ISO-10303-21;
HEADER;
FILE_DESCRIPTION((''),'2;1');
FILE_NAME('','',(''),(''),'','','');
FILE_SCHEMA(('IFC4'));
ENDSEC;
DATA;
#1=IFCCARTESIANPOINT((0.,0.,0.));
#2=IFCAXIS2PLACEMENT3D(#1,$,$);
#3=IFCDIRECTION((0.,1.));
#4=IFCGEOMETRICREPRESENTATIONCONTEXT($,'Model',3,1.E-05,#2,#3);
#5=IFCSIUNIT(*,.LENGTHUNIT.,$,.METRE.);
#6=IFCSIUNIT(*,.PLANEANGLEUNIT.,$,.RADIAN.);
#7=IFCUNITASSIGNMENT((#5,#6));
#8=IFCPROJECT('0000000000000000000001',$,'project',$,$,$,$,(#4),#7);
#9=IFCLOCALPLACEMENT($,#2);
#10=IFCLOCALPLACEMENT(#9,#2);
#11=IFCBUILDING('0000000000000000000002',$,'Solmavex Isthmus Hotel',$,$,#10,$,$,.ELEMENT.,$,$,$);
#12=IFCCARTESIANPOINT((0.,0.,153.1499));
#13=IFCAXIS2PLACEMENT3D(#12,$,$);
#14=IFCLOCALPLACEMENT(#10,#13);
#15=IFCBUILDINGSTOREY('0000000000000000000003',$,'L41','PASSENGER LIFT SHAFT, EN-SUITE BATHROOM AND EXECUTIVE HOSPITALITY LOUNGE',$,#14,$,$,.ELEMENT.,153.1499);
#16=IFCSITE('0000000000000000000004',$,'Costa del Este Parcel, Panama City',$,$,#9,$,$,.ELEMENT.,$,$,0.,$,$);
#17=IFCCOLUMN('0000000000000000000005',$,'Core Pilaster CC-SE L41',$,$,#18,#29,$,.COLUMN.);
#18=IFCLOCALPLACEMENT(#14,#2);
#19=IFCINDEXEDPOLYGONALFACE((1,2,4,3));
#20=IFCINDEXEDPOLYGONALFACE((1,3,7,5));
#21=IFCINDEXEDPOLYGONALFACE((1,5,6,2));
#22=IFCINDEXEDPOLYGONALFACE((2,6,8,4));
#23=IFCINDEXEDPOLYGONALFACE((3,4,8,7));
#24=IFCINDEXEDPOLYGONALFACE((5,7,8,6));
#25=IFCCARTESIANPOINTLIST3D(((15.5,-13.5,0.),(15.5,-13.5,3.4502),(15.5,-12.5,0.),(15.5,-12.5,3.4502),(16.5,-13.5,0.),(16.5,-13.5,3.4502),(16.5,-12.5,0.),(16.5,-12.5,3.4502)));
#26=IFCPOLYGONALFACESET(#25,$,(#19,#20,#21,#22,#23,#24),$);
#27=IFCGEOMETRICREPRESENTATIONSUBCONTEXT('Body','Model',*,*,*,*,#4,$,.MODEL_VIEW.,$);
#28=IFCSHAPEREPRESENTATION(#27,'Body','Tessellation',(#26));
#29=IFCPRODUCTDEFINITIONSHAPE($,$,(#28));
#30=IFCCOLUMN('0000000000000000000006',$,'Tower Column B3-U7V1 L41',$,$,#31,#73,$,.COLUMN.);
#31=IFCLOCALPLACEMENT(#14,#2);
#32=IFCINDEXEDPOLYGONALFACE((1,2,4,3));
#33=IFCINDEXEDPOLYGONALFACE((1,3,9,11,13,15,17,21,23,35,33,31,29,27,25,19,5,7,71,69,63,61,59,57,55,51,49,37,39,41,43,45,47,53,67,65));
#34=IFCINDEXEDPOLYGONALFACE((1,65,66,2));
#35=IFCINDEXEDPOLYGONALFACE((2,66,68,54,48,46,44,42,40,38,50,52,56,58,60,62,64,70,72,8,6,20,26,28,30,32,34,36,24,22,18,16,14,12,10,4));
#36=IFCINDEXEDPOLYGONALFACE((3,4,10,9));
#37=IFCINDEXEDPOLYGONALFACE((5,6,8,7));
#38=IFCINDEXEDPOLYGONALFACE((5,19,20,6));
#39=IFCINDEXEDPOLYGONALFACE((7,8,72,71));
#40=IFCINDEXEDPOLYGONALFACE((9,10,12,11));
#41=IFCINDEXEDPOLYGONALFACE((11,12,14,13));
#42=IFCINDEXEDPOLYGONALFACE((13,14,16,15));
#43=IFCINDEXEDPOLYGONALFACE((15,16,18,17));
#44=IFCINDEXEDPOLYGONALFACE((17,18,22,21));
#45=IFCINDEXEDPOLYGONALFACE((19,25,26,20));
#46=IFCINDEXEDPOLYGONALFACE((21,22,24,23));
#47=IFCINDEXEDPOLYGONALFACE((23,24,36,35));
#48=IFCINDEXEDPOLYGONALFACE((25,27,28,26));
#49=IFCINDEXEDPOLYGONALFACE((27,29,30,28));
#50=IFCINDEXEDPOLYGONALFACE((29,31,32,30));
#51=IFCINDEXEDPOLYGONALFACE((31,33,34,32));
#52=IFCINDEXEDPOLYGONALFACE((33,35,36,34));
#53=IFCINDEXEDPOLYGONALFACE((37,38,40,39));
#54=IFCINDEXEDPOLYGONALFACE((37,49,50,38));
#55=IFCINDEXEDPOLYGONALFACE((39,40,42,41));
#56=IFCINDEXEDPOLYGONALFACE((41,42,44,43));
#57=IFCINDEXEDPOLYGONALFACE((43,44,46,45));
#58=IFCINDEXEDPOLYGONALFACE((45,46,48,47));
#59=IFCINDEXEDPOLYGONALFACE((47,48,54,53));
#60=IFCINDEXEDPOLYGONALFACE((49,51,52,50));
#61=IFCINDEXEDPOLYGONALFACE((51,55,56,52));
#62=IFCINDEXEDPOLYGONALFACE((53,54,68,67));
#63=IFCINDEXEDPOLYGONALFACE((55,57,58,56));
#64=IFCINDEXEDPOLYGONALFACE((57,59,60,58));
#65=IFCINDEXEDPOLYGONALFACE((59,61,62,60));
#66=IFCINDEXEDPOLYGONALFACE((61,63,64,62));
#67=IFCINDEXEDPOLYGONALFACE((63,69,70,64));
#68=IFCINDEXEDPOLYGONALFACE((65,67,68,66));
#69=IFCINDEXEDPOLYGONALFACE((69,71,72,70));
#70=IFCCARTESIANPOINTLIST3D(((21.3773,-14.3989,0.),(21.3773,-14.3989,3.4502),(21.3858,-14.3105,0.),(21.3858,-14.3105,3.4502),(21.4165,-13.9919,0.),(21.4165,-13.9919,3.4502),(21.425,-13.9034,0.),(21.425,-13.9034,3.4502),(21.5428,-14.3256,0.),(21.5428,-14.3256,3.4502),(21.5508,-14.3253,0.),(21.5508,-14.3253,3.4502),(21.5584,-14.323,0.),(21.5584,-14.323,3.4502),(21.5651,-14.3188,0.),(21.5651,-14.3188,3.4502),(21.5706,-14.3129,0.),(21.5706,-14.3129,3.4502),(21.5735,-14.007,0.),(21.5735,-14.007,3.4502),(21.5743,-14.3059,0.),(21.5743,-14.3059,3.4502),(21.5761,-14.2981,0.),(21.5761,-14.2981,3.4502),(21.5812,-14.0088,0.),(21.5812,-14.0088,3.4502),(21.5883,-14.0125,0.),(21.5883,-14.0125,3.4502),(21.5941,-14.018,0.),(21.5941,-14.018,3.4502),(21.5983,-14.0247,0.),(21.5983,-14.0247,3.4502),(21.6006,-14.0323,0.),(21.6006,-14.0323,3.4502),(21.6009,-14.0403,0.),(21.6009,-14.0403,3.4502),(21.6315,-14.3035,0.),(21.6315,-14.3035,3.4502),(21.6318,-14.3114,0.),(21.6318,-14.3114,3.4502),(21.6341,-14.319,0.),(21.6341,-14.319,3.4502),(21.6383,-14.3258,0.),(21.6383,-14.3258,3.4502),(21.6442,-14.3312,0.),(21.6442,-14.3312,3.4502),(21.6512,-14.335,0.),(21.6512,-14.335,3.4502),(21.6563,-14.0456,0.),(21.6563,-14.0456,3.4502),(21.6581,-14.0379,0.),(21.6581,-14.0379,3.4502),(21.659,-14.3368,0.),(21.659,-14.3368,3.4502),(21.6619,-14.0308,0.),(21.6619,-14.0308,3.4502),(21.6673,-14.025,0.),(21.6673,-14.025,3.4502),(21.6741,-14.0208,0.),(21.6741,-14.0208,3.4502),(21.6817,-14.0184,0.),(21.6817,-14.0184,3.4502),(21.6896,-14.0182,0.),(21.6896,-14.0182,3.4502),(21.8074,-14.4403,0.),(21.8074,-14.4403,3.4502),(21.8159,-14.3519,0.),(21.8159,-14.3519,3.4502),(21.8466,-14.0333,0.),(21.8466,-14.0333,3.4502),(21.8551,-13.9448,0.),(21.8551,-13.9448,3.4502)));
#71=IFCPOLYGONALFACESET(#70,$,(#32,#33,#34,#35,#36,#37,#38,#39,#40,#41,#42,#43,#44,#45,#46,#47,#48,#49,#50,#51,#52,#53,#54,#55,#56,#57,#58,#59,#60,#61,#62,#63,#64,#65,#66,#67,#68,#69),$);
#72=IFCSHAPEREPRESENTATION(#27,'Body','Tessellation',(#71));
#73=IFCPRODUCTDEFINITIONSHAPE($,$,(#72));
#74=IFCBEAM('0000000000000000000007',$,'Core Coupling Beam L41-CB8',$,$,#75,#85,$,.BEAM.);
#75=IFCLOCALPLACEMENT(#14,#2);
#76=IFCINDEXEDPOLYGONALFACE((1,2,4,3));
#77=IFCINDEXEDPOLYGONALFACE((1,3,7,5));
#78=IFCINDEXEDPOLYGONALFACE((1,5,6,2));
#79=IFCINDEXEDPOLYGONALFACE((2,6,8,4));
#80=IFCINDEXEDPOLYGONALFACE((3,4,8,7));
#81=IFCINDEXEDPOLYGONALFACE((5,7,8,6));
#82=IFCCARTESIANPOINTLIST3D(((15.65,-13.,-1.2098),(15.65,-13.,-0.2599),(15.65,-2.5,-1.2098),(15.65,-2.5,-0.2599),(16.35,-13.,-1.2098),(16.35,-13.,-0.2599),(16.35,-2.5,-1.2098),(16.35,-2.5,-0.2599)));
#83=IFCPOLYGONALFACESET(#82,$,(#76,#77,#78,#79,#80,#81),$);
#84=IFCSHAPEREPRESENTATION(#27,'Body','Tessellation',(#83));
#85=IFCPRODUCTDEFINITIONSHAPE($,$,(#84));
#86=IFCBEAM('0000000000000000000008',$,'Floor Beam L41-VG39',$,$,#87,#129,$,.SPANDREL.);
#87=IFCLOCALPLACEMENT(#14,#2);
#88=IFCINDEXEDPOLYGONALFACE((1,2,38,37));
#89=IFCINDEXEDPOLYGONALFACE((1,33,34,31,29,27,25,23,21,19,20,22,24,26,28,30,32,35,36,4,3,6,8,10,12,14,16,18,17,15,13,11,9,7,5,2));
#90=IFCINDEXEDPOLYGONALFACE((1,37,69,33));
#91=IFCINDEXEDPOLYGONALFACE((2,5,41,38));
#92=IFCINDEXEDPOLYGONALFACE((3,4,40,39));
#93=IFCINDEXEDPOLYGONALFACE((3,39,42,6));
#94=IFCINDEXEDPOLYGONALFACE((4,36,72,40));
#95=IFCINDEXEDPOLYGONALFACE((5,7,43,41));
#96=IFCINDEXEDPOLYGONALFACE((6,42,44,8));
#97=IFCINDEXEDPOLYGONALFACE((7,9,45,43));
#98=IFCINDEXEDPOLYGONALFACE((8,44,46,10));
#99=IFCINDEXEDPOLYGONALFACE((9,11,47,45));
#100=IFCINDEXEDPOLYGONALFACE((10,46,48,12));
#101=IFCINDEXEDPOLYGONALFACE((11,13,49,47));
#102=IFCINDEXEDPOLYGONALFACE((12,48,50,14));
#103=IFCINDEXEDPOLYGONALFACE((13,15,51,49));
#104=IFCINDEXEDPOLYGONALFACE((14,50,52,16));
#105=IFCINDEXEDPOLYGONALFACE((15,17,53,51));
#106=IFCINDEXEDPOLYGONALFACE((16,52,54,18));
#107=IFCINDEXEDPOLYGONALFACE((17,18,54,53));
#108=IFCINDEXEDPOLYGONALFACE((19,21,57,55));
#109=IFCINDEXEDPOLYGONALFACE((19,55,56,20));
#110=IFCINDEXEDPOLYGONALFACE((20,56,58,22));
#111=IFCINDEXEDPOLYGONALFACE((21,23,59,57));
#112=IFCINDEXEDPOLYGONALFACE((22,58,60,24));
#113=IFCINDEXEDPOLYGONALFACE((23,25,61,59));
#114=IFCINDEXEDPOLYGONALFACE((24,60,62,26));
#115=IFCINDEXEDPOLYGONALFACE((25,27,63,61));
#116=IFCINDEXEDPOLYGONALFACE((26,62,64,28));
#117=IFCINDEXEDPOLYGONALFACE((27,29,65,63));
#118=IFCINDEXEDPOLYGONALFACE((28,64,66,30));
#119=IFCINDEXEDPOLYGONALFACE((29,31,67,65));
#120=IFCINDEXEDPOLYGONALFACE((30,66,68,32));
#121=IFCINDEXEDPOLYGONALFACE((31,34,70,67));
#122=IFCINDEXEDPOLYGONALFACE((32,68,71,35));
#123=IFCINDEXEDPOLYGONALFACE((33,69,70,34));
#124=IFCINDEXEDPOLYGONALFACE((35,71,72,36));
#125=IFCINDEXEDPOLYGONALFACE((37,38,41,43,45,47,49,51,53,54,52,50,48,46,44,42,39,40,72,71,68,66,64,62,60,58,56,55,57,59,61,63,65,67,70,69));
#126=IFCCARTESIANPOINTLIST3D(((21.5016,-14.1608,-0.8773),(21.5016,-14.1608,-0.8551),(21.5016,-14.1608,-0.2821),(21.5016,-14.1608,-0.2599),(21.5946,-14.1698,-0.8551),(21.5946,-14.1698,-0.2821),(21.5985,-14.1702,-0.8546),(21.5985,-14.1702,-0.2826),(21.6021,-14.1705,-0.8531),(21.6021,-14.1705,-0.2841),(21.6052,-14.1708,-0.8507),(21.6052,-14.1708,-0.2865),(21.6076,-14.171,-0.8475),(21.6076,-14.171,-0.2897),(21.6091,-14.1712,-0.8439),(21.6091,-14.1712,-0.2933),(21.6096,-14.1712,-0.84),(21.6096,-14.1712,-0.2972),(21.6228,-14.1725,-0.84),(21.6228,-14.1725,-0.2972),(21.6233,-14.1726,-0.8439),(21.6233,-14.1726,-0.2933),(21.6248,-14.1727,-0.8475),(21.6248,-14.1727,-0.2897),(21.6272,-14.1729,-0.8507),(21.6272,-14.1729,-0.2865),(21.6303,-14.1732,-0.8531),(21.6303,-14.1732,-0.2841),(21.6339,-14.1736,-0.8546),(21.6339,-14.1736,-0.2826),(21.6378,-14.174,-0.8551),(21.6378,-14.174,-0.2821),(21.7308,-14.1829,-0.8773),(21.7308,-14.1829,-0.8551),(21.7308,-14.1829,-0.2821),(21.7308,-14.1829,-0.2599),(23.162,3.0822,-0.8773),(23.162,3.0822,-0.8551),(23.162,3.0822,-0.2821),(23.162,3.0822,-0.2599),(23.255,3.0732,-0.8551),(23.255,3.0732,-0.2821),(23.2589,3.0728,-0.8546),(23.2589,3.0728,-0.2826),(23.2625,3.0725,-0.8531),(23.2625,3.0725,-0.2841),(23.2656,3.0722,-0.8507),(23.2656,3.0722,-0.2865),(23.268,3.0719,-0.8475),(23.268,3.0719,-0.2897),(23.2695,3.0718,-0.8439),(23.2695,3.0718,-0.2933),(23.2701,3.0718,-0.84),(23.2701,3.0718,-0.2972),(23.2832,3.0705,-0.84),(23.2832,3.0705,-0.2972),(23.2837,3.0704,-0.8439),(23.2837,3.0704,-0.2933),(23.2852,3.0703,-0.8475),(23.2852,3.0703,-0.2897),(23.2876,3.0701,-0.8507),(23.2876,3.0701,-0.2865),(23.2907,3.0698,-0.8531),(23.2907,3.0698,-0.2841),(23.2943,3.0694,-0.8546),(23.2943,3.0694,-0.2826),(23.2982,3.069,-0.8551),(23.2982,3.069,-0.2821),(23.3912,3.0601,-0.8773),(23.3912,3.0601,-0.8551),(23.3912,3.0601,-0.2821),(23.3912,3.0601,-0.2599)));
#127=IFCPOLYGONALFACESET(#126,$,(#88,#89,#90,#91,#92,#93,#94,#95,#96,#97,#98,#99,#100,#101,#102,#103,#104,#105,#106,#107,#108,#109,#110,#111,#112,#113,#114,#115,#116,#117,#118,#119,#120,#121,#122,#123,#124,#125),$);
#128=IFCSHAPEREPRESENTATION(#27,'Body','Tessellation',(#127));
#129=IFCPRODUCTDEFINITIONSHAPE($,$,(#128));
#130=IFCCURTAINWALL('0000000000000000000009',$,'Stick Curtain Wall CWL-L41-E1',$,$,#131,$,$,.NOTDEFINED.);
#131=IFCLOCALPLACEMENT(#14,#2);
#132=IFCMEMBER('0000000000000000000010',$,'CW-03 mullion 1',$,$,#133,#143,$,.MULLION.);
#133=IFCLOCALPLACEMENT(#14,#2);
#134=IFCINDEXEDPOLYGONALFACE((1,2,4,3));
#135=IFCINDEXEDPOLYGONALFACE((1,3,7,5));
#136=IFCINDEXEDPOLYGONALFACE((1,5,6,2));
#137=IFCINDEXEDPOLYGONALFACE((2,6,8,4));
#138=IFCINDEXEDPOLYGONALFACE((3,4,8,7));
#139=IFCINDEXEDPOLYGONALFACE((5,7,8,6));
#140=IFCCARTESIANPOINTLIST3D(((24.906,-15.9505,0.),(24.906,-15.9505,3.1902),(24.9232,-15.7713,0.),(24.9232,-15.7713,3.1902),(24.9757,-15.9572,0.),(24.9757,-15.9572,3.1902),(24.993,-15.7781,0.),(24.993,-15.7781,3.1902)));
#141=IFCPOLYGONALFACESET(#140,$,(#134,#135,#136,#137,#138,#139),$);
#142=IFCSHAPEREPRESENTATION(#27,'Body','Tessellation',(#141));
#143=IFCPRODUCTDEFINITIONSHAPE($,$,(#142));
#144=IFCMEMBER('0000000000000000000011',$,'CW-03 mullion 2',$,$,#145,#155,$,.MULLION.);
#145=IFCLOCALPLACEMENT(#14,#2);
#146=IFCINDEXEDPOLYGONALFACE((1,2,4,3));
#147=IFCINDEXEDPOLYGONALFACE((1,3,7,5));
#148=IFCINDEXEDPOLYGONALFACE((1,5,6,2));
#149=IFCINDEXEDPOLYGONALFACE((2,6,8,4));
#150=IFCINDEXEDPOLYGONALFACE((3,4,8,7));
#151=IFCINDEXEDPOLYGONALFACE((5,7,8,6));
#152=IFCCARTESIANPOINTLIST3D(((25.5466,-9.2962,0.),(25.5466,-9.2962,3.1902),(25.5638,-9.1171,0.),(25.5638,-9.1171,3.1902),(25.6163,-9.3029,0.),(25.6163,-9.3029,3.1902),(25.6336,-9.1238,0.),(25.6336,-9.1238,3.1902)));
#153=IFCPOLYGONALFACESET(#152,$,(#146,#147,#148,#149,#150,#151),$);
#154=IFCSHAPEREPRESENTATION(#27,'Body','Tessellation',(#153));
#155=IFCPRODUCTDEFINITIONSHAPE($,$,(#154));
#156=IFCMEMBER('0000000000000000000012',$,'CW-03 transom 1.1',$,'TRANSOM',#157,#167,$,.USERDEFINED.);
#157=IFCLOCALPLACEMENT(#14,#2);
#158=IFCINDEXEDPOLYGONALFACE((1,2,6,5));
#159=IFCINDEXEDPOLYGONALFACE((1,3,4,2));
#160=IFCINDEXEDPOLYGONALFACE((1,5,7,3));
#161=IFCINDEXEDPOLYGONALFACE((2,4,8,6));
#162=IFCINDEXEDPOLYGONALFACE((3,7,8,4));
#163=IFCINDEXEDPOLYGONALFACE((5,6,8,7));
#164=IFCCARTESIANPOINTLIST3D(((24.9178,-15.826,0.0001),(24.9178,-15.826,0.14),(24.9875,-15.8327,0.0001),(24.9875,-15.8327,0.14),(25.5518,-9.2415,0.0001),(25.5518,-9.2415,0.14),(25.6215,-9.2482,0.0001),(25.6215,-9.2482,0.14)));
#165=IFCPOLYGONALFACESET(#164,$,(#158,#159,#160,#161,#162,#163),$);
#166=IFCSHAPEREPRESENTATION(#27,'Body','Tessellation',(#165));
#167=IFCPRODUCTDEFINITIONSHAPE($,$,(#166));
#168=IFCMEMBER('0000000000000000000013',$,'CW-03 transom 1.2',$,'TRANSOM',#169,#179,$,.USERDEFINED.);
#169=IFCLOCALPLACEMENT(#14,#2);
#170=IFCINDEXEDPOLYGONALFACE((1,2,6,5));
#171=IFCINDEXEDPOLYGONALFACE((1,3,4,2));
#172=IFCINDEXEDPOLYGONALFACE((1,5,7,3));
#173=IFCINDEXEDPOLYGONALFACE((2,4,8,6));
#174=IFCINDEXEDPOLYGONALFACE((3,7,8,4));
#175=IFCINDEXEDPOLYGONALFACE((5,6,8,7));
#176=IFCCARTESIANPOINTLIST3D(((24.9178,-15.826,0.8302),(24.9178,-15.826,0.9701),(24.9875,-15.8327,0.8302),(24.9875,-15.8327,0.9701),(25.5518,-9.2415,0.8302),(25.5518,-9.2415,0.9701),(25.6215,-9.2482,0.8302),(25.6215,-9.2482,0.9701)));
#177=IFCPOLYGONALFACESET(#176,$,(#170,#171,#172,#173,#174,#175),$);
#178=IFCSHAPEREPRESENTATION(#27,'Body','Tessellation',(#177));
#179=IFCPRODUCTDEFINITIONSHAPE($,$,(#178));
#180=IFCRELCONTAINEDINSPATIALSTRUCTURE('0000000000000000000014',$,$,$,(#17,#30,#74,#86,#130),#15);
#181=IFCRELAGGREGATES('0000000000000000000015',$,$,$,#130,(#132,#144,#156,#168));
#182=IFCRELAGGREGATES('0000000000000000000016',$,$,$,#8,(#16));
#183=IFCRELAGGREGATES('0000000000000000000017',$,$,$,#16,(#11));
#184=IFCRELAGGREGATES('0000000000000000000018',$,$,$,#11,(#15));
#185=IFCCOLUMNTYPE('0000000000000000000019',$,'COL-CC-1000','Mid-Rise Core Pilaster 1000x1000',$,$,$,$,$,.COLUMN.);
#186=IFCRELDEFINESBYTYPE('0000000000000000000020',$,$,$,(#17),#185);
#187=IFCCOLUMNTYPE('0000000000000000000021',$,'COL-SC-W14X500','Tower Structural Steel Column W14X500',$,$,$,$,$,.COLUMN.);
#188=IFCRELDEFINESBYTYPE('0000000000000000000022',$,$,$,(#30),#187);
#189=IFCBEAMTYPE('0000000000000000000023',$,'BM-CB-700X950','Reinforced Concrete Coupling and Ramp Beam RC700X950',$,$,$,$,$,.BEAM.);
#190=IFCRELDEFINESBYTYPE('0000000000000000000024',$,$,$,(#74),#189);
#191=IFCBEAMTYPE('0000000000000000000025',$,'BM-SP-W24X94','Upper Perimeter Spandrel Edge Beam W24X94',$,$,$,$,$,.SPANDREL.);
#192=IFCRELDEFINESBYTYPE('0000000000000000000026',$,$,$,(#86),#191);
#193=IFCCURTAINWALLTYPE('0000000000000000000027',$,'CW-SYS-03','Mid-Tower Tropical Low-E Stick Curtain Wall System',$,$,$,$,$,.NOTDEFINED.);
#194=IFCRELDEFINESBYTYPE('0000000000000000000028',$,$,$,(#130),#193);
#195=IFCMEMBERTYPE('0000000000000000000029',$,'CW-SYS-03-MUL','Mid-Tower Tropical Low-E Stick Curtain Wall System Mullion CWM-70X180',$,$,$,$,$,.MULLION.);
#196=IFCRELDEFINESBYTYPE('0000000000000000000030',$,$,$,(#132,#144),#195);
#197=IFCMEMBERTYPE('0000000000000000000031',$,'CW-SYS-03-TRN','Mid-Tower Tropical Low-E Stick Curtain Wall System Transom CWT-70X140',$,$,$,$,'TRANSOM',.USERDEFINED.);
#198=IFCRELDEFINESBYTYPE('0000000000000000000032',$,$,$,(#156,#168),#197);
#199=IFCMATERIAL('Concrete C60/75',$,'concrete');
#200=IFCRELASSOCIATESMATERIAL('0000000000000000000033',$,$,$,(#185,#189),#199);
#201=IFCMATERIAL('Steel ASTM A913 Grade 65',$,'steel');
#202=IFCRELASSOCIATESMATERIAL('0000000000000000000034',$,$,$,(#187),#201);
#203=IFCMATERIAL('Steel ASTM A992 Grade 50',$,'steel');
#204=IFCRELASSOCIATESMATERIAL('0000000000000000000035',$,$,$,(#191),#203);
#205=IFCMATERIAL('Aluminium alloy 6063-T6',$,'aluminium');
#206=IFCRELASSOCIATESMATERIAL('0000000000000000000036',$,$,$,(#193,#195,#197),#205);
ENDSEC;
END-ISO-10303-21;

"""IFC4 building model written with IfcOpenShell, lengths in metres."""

from ifc_helpers import new_model, si_unit, direction, frame, origin, origin_2d, place, context, subcontext, project, spatial, rectangle, i_section, extrude, material, material_profile, profile_set, type_object, element, aggregate, save


model = new_model("IFC4")

# Units and contexts
model_context = context("Model", 3, precision=1e-05, world=origin(), true_north=direction((0.0, 1.0)))
body_context = subcontext(model_context, "Body", "Model", "MODEL_VIEW")
ifc_project = project(units=[si_unit("LENGTHUNIT", "METRE"), si_unit("PLANEANGLEUNIT", "RADIAN")], contexts=[model_context])

# Site, building, storey
site_placement = place(None, origin())
site = spatial("IfcSite", under=ifc_project, at=site_placement, Name="Costa del Este Parcel, Panama City", CompositionType="ELEMENT", RefElevation=0.0)
building_placement = place(site_placement, origin())
building = spatial("IfcBuilding", under=site, at=building_placement, Name="Solmavex Isthmus Hotel", CompositionType="ELEMENT")
storey_placement = place(building_placement, frame((0.0, 0.0, 153.1499)))
storey = spatial("IfcBuildingStorey", under=building, at=storey_placement, Name="L41", Description="PASSENGER LIFT SHAFT, EN-SUITE BATHROOM AND EXECUTIVE HOSPITALITY LOUNGE", CompositionType="ELEMENT", Elevation=153.1499)

# Columns
ifc_material_1 = material(Name="Concrete C60/75", Category="concrete")
ifc_material_profile_1 = material_profile(ifc_material_1, rectangle(XDim=1.0, YDim=1.0, at=origin_2d()), Name="RC1000X1000")
ifc_profile_set_1 = profile_set([ifc_material_profile_1], Name="Concrete C60/75")
column_type_1 = type_object("IfcColumnType", Name="COL-CC-1000", Description="Mid-Rise Core Pilaster 1000x1000", PredefinedType="COLUMN", material=ifc_profile_set_1)
column_1_placement = place(storey_placement, frame((16.0, -13.0, 0.0), z_axis=(0.0, 0.0, 1.0), x_axis=(1.0, 0.0, 0.0)))
element("IfcColumn", 1, at=column_1_placement, inside=storey, type_object=column_type_1, Name="Core Pilaster CC-SE L41", PredefinedType="COLUMN", context=body_context, shape_type="SweptSolid", body=[
    extrude(rectangle(XDim=1.0, YDim=1.0, at=origin_2d()), origin(), (0.0, 0.0, 1.0), 3.4502),
])
ifc_material_2 = material(Name="Steel ASTM A913 Grade 65", Category="steel")
ifc_material_profile_2 = material_profile(ifc_material_2, i_section(OverallWidth=0.4321, OverallDepth=0.4978, WebThickness=0.0557, FlangeThickness=0.0889, FilletRadius=0.0305, at=origin_2d()), Name="W14X500")
ifc_profile_set_2 = profile_set([ifc_material_profile_2], Name="Steel ASTM A913 Grade 65")
column_type_2 = type_object("IfcColumnType", Name="COL-SC-W14X500", Description="Tower Structural Steel Column W14X500", PredefinedType="COLUMN", material=ifc_profile_set_2)
column_2_placement = place(storey_placement, frame((21.6162, -14.1719, 0.0), z_axis=(0.0, 0.0, 1.0), x_axis=(0.995396, -0.095846, 0.0)))
element("IfcColumn", 2, at=column_2_placement, inside=storey, type_object=column_type_2, Name="Tower Column B3-U7V1 L41", PredefinedType="COLUMN", context=body_context, shape_type="SweptSolid", body=[
    extrude(i_section(OverallWidth=0.4321, OverallDepth=0.4978, WebThickness=0.0557, FlangeThickness=0.0889, FilletRadius=0.0305, at=origin_2d()), origin(), (0.0, 0.0, 1.0), 3.4502),
])

# Beams
ifc_material_profile_3 = material_profile(ifc_material_1, rectangle(XDim=0.7, YDim=0.95, at=origin_2d()), Name="RC700X950")
ifc_profile_set_3 = profile_set([ifc_material_profile_3], Name="Concrete C60/75")
beam_type_1 = type_object("IfcBeamType", Name="BM-CB-700X950", Description="Reinforced Concrete Coupling and Ramp Beam RC700X950", PredefinedType="BEAM", material=ifc_profile_set_3)
beam_1_placement = place(storey_placement, frame((16.0, -13.0, -0.7349), z_axis=(0.0, 1.0, 0.0), x_axis=(-1.0, 0.0, 0.0)))
element("IfcBeam", 3, at=beam_1_placement, inside=storey, type_object=beam_type_1, Name="Core Coupling Beam L41-CB8", PredefinedType="BEAM", context=body_context, shape_type="SweptSolid", body=[
    extrude(rectangle(XDim=0.7, YDim=0.95, at=origin_2d()), origin(), (0.0, 0.0, 1.0), 10.5),
])
ifc_material_3 = material(Name="Steel ASTM A992 Grade 50", Category="steel")
ifc_material_profile_4 = material_profile(ifc_material_3, i_section(OverallWidth=0.2302, OverallDepth=0.6174, WebThickness=0.0132, FlangeThickness=0.0222, FilletRadius=0.0151, at=origin_2d()), Name="W24X94")
ifc_profile_set_4 = profile_set([ifc_material_profile_4], Name="Steel ASTM A992 Grade 50")
beam_type_2 = type_object("IfcBeamType", Name="BM-SP-W24X94", Description="Upper Perimeter Spandrel Edge Beam W24X94", PredefinedType="SPANDREL", material=ifc_profile_set_4)
beam_2_placement = place(storey_placement, frame((21.6162, -14.1719, -0.5686), z_axis=(0.095851, 0.995396, 0.0), x_axis=(-0.995396, 0.095851, 0.0)))
element("IfcBeam", 4, at=beam_2_placement, inside=storey, type_object=beam_type_2, Name="Floor Beam L41-VG39", PredefinedType="SPANDREL", context=body_context, shape_type="SweptSolid", body=[
    extrude(i_section(OverallWidth=0.2302, OverallDepth=0.6174, WebThickness=0.0132, FlangeThickness=0.0222, FilletRadius=0.0151, at=origin_2d()), origin(), (0.0, 0.0, 1.0), 17.3228),
])

# Curtain wall, members
ifc_material_4 = material(Name="Aluminium alloy 6063-T6", Category="aluminium")
curtain_wall_type = type_object("IfcCurtainWallType", Name="CW-SYS-03", Description="Mid-Tower Tropical Low-E Stick Curtain Wall System", PredefinedType="NOTDEFINED", material=ifc_material_4)
curtain_wall_placement = place(storey_placement, origin())
curtain_wall = element("IfcCurtainWall", 5, at=curtain_wall_placement, inside=storey, type_object=curtain_wall_type, Name="Stick Curtain Wall CWL-L41-E1", PredefinedType="NOTDEFINED")
ifc_material_profile_5 = material_profile(ifc_material_4, rectangle(XDim=0.0701, YDim=0.1799, at=origin_2d()), Name="CWM-70X180")
ifc_profile_set_5 = profile_set([ifc_material_profile_5], Name="Aluminium alloy 6063-T6")
member_type_1 = type_object("IfcMemberType", Name="CW-SYS-03-MUL", Description="Mid-Tower Tropical Low-E Stick Curtain Wall System Mullion CWM-70X180", PredefinedType="MULLION", material=ifc_profile_set_5)
member_1_placement = place(storey_placement, frame((24.9495, -15.8643, 0.0), z_axis=(0.0, 0.0, 1.0), x_axis=(-0.995396, 0.095846, 0.0)))
member_1 = element("IfcMember", 6, at=member_1_placement, type_object=member_type_1, Name="CW-03 mullion 1", PredefinedType="MULLION", context=body_context, shape_type="SweptSolid", body=[
    extrude(rectangle(XDim=0.0701, YDim=0.1799, at=origin_2d()), origin(), (0.0, 0.0, 1.0), 3.1902),
])
member_2_placement = place(storey_placement, frame((25.5901, -9.21, 0.0), z_axis=(0.0, 0.0, 1.0), x_axis=(-0.995396, 0.095846, 0.0)))
member_2 = element("IfcMember", 7, at=member_2_placement, type_object=member_type_1, Name="CW-03 mullion 2", PredefinedType="MULLION", context=body_context, shape_type="SweptSolid", body=[
    extrude(rectangle(XDim=0.0701, YDim=0.1799, at=origin_2d()), origin(), (0.0, 0.0, 1.0), 3.1902),
])
ifc_material_profile_6 = material_profile(ifc_material_4, rectangle(XDim=0.0701, YDim=0.1399, at=origin_2d()), Name="CWT-70X140")
ifc_profile_set_6 = profile_set([ifc_material_profile_6], Name="Aluminium alloy 6063-T6")
member_type_2 = type_object("IfcMemberType", Name="CW-SYS-03-TRN", Description="Mid-Tower Tropical Low-E Stick Curtain Wall System Transom CWT-70X140", ElementType="TRANSOM", PredefinedType="USERDEFINED", material=ifc_profile_set_6)
member_3_placement = place(storey_placement, frame((24.9526, -15.8293, 0.0701), z_axis=(0.095849, 0.995396, 0.0), x_axis=(-0.995396, 0.095849, 0.0)))
member_3 = element("IfcMember", 8, at=member_3_placement, type_object=member_type_2, Name="CW-03 transom 1.1", ObjectType="TRANSOM", PredefinedType="USERDEFINED", context=body_context, shape_type="SweptSolid", body=[
    extrude(rectangle(XDim=0.0701, YDim=0.1399, at=origin_2d()), origin(), (0.0, 0.0, 1.0), 6.615),
])
member_4_placement = place(storey_placement, frame((24.9526, -15.8293, 0.9001), z_axis=(0.095849, 0.995396, 0.0), x_axis=(-0.995396, 0.095849, 0.0)))
member_4 = element("IfcMember", 9, at=member_4_placement, type_object=member_type_2, Name="CW-03 transom 1.2", ObjectType="TRANSOM", PredefinedType="USERDEFINED", context=body_context, shape_type="SweptSolid", body=[
    extrude(rectangle(XDim=0.0701, YDim=0.1399, at=origin_2d()), origin(), (0.0, 0.0, 1.0), 6.615),
])
aggregate(curtain_wall, [member_1, member_2, member_3, member_4])

save(model, "model.ifc")
